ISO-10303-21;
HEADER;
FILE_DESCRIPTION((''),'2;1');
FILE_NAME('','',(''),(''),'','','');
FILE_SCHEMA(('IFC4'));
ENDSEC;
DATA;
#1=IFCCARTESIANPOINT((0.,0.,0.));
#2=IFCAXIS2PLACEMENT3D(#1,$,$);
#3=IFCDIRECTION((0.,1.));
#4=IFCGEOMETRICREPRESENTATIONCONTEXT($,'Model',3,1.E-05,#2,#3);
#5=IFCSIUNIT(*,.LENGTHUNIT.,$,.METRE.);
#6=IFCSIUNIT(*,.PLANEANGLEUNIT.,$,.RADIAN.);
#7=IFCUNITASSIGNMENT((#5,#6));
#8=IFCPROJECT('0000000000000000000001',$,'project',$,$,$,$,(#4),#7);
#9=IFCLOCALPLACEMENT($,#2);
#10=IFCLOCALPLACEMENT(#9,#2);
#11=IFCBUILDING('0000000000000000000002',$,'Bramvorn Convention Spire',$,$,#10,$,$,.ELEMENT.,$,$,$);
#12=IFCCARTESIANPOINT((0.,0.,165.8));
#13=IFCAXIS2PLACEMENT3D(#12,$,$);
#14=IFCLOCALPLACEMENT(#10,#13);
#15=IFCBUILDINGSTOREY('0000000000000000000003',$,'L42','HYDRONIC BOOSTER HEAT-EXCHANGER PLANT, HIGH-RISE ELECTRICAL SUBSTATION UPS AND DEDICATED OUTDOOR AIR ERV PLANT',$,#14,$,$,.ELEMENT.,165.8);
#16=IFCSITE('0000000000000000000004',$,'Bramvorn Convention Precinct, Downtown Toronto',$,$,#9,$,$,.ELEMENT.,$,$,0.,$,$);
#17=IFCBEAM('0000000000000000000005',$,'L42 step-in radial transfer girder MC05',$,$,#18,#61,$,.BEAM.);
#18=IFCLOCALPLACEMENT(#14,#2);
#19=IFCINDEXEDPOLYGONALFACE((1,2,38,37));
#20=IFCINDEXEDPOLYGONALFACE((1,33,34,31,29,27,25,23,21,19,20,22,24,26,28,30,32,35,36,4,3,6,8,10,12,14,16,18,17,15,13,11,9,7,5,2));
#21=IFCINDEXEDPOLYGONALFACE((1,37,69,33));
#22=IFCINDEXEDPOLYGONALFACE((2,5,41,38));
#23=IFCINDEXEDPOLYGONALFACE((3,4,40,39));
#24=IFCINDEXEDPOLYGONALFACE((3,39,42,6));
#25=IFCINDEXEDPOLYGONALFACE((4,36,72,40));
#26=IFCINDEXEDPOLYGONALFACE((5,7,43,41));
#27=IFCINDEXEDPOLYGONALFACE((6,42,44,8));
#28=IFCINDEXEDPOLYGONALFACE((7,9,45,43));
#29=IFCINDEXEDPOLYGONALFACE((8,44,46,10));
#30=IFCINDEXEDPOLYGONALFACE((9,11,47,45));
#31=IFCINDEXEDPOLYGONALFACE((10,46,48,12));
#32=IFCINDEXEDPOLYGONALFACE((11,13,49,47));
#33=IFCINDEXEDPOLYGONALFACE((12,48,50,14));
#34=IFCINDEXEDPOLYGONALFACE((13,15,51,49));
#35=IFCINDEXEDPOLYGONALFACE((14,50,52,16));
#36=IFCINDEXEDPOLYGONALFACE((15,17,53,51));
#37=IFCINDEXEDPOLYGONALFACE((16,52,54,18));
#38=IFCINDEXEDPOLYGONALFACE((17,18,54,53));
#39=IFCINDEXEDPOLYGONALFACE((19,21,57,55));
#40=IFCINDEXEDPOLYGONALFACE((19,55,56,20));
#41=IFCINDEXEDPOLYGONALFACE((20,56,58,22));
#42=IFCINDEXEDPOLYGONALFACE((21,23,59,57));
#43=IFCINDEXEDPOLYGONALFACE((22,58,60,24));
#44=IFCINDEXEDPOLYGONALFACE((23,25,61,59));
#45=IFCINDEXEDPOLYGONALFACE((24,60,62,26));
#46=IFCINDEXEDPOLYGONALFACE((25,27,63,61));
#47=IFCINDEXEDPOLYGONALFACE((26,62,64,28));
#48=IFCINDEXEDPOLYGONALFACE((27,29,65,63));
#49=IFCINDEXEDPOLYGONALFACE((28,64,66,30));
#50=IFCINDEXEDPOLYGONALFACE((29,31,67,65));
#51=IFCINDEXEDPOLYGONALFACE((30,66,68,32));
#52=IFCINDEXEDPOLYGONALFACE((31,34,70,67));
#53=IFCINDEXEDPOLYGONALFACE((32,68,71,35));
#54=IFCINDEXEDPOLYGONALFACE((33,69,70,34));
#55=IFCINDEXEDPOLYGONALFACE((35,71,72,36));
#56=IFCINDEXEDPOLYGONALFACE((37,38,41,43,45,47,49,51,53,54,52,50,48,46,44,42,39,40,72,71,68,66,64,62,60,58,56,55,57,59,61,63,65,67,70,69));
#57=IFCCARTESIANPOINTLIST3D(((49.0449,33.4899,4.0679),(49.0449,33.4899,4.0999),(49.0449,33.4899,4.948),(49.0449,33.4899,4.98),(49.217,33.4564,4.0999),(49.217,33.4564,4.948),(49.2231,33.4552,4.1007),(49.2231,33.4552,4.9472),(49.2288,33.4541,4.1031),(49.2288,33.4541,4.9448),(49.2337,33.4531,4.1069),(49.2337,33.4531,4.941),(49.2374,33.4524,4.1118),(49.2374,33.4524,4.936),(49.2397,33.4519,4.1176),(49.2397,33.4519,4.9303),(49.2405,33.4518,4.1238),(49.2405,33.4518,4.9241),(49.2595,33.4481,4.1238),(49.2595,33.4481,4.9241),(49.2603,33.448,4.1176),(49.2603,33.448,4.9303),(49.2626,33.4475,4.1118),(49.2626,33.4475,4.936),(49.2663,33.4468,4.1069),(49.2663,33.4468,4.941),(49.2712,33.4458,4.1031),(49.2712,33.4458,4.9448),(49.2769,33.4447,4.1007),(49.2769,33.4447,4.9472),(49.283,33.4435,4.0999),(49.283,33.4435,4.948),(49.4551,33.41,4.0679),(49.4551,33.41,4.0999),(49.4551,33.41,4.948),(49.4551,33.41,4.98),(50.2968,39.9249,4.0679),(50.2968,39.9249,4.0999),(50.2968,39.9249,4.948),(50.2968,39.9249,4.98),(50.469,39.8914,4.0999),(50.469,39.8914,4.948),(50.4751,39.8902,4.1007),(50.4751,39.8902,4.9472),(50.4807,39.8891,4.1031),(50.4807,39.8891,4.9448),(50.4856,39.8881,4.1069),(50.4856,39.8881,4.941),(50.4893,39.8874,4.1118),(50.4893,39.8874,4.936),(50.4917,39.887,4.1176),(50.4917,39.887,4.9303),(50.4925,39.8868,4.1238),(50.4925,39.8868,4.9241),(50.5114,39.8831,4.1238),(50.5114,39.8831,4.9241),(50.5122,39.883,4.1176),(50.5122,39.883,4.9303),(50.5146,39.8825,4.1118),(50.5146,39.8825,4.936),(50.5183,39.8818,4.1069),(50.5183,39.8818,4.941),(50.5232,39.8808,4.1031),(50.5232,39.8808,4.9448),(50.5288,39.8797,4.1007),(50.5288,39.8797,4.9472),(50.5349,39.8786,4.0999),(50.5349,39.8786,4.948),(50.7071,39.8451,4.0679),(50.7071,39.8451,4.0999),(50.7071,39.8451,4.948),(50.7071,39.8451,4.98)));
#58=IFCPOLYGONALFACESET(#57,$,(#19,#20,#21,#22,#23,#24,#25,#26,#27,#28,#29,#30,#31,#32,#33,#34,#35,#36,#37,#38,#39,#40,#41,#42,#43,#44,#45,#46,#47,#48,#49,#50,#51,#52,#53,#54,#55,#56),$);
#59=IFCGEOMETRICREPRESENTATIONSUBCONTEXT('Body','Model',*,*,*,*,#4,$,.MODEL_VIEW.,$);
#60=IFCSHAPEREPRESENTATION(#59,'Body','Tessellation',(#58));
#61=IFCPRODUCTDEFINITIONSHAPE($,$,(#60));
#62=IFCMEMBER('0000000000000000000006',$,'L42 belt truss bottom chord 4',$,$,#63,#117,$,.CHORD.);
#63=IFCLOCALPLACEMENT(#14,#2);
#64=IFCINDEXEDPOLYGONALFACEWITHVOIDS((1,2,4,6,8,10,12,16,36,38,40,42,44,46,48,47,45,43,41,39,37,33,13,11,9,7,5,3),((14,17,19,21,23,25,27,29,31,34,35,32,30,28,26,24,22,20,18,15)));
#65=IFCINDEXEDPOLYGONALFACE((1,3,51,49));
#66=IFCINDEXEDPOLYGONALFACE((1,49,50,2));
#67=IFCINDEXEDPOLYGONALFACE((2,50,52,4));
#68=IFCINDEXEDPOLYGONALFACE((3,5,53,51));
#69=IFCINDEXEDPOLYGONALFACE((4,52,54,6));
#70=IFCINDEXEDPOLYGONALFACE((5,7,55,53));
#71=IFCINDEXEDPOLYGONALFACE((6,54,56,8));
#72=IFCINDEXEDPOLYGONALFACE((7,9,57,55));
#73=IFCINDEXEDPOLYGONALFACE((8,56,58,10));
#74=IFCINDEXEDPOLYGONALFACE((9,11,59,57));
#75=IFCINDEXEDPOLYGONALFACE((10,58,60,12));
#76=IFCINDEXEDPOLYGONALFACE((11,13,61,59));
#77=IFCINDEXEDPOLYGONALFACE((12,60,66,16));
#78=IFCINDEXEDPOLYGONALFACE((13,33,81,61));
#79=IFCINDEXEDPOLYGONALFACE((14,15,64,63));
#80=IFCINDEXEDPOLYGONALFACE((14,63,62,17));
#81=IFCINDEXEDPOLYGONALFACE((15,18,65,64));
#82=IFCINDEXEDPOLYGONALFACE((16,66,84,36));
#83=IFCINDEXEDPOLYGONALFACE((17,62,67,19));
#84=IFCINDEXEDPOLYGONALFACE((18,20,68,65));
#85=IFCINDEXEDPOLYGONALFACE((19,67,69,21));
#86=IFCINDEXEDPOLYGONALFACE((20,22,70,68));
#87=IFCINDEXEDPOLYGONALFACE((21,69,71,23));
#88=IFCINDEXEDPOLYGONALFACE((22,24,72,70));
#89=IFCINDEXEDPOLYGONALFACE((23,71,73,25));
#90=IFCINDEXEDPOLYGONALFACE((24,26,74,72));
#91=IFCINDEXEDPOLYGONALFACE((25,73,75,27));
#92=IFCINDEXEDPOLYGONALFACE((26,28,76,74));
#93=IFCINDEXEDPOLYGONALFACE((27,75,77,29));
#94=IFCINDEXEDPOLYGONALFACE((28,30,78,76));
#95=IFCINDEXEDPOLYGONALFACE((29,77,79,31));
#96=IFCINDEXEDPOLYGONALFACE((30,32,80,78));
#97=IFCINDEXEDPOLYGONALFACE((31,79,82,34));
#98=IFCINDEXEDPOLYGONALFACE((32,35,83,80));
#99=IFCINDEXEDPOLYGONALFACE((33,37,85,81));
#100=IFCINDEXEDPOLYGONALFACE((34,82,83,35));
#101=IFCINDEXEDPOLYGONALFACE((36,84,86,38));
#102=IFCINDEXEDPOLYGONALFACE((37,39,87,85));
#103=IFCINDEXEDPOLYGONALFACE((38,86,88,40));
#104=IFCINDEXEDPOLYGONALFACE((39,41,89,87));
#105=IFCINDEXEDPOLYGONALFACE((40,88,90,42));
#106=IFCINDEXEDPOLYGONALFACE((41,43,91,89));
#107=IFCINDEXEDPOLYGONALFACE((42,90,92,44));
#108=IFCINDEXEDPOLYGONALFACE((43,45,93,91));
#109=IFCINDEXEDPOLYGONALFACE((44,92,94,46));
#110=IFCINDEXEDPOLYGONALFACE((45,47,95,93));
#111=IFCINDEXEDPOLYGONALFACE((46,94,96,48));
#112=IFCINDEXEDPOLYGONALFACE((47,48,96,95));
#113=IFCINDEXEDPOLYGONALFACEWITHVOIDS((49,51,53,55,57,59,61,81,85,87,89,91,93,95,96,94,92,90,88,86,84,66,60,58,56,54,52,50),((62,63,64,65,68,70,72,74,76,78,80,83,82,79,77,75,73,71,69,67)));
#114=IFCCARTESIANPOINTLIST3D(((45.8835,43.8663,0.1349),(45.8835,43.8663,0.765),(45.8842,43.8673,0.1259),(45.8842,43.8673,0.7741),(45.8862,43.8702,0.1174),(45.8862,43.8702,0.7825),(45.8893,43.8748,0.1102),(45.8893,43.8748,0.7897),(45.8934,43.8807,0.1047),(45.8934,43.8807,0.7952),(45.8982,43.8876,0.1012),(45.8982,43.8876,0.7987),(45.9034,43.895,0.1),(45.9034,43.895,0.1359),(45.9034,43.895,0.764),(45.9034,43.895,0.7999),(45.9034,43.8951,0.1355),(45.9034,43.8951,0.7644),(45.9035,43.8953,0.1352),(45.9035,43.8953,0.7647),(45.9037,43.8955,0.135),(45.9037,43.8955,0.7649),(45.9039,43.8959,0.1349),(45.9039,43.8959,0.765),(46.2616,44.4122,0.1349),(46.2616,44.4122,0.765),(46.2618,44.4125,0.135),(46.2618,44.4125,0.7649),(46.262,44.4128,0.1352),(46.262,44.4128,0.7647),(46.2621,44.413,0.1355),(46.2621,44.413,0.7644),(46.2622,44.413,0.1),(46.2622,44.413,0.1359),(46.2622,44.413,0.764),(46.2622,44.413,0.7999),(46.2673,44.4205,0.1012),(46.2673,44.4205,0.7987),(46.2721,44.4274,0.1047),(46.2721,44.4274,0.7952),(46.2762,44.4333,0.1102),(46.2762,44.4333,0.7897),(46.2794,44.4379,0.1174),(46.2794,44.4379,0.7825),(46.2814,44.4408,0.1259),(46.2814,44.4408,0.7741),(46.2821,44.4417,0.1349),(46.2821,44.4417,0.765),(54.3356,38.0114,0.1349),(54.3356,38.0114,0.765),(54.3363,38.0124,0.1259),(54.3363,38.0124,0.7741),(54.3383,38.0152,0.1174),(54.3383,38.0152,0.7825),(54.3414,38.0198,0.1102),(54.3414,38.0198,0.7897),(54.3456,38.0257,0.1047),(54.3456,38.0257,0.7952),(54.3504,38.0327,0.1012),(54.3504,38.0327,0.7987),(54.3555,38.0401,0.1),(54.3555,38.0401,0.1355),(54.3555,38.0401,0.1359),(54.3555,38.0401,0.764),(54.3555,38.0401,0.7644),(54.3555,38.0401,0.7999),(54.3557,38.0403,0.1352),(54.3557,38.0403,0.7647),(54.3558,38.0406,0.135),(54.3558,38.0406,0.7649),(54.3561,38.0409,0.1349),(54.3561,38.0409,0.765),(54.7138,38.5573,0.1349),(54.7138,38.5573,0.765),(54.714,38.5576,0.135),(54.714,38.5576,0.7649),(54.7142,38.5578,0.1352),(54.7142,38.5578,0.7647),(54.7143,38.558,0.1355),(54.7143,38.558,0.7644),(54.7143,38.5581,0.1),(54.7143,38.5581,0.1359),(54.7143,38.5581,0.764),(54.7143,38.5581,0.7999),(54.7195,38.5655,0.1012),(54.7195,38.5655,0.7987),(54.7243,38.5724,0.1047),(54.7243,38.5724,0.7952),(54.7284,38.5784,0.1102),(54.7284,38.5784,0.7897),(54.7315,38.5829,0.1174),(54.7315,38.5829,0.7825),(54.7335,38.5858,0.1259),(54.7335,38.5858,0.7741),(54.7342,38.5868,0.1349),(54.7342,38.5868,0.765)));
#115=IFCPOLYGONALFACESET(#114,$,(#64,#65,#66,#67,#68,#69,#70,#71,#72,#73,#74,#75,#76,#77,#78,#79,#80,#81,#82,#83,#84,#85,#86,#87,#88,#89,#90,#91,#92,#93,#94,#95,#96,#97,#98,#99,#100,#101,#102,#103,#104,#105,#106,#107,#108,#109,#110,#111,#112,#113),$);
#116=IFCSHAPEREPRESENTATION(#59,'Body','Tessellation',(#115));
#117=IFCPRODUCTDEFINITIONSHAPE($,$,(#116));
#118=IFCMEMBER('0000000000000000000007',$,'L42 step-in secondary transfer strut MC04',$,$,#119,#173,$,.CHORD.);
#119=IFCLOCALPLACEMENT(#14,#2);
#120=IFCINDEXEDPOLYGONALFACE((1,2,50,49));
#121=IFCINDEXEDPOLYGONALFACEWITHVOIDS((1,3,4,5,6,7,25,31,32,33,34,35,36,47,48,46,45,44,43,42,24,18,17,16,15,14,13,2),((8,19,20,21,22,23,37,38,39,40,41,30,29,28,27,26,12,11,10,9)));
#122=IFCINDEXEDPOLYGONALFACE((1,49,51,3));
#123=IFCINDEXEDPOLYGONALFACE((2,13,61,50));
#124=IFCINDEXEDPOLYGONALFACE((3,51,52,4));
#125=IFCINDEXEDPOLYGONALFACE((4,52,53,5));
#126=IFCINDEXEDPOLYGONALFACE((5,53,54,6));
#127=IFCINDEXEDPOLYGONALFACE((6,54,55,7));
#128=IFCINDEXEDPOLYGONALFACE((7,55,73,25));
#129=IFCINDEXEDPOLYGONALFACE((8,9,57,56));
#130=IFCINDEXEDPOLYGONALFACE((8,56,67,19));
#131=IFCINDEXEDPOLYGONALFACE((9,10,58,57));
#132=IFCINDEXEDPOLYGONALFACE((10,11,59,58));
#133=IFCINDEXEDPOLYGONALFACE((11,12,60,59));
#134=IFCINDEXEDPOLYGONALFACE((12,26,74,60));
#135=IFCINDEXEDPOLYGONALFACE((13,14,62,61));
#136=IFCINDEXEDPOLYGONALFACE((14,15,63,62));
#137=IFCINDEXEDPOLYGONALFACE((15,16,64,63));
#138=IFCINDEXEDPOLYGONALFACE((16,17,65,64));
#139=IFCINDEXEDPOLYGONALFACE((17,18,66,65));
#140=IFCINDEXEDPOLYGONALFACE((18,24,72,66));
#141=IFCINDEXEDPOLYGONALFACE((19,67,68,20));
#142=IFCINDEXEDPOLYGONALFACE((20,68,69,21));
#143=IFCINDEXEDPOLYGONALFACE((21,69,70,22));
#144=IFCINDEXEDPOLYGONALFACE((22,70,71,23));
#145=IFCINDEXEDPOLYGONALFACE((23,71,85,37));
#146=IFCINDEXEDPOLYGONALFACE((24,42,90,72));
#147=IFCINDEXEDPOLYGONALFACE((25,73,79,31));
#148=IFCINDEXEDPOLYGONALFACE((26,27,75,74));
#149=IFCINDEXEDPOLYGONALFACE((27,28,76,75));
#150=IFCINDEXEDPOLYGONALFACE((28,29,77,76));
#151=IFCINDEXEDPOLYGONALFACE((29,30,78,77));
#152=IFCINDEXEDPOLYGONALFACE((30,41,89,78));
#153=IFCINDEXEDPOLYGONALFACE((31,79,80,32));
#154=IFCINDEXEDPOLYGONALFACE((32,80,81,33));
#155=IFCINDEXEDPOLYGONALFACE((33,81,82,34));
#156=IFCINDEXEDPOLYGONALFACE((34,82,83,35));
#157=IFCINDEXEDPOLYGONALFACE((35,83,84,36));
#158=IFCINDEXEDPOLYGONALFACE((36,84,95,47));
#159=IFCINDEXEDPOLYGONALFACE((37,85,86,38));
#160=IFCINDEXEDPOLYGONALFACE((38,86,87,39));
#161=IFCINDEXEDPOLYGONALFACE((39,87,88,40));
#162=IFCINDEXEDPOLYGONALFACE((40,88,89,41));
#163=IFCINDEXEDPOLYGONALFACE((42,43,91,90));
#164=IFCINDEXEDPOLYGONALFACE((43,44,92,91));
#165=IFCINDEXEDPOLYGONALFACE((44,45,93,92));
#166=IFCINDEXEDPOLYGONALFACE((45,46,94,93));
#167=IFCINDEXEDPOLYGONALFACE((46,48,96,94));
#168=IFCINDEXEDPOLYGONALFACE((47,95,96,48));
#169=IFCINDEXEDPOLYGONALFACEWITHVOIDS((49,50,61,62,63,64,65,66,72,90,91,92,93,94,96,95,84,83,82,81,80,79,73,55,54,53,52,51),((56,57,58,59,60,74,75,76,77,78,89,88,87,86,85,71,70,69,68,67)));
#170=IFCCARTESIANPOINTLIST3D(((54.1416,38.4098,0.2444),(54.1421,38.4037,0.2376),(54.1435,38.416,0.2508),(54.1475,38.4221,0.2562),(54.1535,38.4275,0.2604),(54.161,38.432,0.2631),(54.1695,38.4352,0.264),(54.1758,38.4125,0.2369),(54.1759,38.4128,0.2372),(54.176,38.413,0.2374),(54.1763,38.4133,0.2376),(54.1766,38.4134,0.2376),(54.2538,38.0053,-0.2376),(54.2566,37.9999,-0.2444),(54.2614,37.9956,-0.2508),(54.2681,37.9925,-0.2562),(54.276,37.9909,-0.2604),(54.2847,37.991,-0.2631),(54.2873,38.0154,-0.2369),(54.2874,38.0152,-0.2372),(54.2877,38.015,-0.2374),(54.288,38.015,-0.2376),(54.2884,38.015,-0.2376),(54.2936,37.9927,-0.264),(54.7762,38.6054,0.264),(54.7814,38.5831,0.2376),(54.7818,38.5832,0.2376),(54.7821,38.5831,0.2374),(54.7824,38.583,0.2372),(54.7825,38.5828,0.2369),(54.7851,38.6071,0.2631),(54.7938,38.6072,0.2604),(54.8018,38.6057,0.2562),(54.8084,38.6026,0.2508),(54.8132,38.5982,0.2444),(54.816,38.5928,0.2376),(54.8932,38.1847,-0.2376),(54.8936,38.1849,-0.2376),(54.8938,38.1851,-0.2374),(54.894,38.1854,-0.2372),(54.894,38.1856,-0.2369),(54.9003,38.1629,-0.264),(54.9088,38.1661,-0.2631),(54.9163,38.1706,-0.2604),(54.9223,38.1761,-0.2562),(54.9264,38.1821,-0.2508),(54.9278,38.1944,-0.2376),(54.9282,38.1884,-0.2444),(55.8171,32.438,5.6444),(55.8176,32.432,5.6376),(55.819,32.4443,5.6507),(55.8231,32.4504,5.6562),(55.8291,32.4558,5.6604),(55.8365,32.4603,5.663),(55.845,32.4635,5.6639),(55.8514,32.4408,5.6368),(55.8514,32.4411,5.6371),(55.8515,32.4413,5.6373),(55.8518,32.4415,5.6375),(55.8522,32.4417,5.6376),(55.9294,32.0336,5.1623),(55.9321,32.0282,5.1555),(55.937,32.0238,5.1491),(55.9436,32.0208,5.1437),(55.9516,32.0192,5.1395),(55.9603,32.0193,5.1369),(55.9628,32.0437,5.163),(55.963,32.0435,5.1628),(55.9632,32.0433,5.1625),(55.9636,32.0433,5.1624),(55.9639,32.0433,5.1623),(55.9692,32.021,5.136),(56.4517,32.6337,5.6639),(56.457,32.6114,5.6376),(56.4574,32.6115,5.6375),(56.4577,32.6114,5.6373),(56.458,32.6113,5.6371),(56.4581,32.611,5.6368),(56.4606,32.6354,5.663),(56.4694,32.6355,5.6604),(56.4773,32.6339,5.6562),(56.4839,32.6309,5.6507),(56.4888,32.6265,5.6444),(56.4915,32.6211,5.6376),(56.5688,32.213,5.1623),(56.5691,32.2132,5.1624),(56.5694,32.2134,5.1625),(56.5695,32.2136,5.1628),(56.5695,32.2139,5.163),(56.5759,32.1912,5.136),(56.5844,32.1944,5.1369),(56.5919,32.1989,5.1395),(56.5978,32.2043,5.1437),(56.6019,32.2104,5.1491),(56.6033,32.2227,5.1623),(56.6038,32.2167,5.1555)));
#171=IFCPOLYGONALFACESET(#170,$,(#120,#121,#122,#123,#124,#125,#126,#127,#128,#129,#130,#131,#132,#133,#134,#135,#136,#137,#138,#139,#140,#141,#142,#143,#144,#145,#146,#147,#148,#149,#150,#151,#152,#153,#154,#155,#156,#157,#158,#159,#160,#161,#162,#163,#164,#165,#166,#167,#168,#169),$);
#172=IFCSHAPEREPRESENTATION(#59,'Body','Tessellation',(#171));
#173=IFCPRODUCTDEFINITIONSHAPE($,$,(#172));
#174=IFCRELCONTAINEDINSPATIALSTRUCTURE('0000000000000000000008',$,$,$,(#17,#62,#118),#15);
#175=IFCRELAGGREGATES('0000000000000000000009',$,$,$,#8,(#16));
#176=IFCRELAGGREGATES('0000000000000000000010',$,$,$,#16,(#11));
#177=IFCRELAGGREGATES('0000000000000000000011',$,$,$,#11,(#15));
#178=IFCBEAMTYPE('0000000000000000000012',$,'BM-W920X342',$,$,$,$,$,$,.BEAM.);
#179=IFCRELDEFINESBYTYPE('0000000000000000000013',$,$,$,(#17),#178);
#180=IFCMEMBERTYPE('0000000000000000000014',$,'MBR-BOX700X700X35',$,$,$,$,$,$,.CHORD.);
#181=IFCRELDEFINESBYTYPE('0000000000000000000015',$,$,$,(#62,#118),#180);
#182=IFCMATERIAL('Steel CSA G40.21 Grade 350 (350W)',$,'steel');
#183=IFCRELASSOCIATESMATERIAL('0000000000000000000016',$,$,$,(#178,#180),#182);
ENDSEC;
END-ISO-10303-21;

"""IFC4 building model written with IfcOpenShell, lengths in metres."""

from ifc_helpers import new_model, si_unit, direction, frame, origin, origin_2d, place, context, subcontext, project, spatial, hollow_rectangle, i_section, extrude, material, material_profile, profile_set, type_object, element, save


model = new_model("IFC4")

# Units and contexts
model_context = context("Model", 3, precision=1e-05, world=origin(), true_north=direction((0.0, 1.0)))
body_context = subcontext(model_context, "Body", "Model", "MODEL_VIEW")
ifc_project = project(units=[si_unit("LENGTHUNIT", "METRE"), si_unit("PLANEANGLEUNIT", "RADIAN")], contexts=[model_context])

# Site, building, storey
site_placement = place(None, origin())
site = spatial("IfcSite", under=ifc_project, at=site_placement, Name="Bramvorn Convention Precinct, Downtown Toronto", CompositionType="ELEMENT", RefElevation=0.0)
building_placement = place(site_placement, origin())
building = spatial("IfcBuilding", under=site, at=building_placement, Name="Bramvorn Convention Spire", CompositionType="ELEMENT")
storey_placement = place(building_placement, frame((0.0, 0.0, 165.8)))
storey = spatial("IfcBuildingStorey", under=building, at=storey_placement, Name="L42", Description="HYDRONIC BOOSTER HEAT-EXCHANGER PLANT, HIGH-RISE ELECTRICAL SUBSTATION UPS AND DEDICATED OUTDOOR AIR ERV PLANT", CompositionType="ELEMENT", Elevation=165.8)

# Shared definitions
ifc_material_1 = material(Name="Steel CSA G40.21 Grade 350 (350W)", Category="steel")

# Beam
ifc_material_profile_1 = material_profile(ifc_material_1, i_section(OverallWidth=0.418, OverallDepth=0.9121, WebThickness=0.0193, FlangeThickness=0.032, FilletRadius=0.0239, at=origin_2d()))
ifc_profile_set_1 = profile_set([ifc_material_profile_1], Name="Steel CSA G40.21 Grade 350 (350W) - W920X342")
beam_type = type_object("IfcBeamType", Name="BM-W920X342", PredefinedType="BEAM", material=ifc_profile_set_1)
beam_placement = place(storey_placement, frame((49.25, 33.45, 4.5239), z_axis=(0.190971, 0.981596, 0.0), x_axis=(-0.981596, 0.190971, 0.0)))
element("IfcBeam", 1, at=beam_placement, inside=storey, type_object=beam_type, Name="L42 step-in radial transfer girder MC05", PredefinedType="BEAM", context=body_context, shape_type="SweptSolid", body=[
    extrude(i_section(OverallWidth=0.418, OverallDepth=0.9121, WebThickness=0.0193, FlangeThickness=0.032, FilletRadius=0.0239, at=origin_2d()), origin(), (0.0, 0.0, 1.0), 6.5557),
])

# Members
ifc_material_profile_2 = material_profile(ifc_material_1, hollow_rectangle(XDim=0.7, YDim=0.7, WallThickness=0.0349, InnerFilletRadius=0.001, OuterFilletRadius=0.0349, at=origin_2d()))
ifc_profile_set_2 = profile_set([ifc_material_profile_2], Name="Steel CSA G40.21 Grade 350 (350W) - BOX700X700X35")
member_type_1 = type_object("IfcMemberType", Name="MBR-BOX700X700X35", PredefinedType="CHORD", material=ifc_profile_set_2)
member_1_placement = place(storey_placement, frame((54.5349, 38.2991, 0.45), z_axis=(-0.822033, 0.56944, 0.0), x_axis=(-0.56944, -0.822033, 0.0)))
element("IfcMember", 2, at=member_1_placement, inside=storey, type_object=member_type_1, Name="L42 belt truss bottom chord 4", PredefinedType="CHORD", context=body_context, shape_type="SweptSolid", body=[
    extrude(hollow_rectangle(XDim=0.7, YDim=0.7, WallThickness=0.0349, InnerFilletRadius=0.001, OuterFilletRadius=0.0349, at=origin_2d()), origin(), (0.0, 0.0, 1.0), 10.282),
])
member_2_placement = place(storey_placement, frame((54.5349, 38.2991, 0.0), z_axis=(0.203748, -0.726165, 0.656636), x_axis=(0.962819, 0.270148, 0.0)))
element("IfcMember", 3, at=member_2_placement, inside=storey, type_object=member_type_1, Name="L42 step-in secondary transfer strut MC04", PredefinedType="CHORD", context=body_context, shape_type="SweptSolid", body=[
    extrude(hollow_rectangle(XDim=0.7, YDim=0.7, WallThickness=0.0349, InnerFilletRadius=0.001, OuterFilletRadius=0.0349, at=origin_2d()), origin(), (0.0, 0.0, 1.0), 8.2236),
])

save(model, "model.ifc")
